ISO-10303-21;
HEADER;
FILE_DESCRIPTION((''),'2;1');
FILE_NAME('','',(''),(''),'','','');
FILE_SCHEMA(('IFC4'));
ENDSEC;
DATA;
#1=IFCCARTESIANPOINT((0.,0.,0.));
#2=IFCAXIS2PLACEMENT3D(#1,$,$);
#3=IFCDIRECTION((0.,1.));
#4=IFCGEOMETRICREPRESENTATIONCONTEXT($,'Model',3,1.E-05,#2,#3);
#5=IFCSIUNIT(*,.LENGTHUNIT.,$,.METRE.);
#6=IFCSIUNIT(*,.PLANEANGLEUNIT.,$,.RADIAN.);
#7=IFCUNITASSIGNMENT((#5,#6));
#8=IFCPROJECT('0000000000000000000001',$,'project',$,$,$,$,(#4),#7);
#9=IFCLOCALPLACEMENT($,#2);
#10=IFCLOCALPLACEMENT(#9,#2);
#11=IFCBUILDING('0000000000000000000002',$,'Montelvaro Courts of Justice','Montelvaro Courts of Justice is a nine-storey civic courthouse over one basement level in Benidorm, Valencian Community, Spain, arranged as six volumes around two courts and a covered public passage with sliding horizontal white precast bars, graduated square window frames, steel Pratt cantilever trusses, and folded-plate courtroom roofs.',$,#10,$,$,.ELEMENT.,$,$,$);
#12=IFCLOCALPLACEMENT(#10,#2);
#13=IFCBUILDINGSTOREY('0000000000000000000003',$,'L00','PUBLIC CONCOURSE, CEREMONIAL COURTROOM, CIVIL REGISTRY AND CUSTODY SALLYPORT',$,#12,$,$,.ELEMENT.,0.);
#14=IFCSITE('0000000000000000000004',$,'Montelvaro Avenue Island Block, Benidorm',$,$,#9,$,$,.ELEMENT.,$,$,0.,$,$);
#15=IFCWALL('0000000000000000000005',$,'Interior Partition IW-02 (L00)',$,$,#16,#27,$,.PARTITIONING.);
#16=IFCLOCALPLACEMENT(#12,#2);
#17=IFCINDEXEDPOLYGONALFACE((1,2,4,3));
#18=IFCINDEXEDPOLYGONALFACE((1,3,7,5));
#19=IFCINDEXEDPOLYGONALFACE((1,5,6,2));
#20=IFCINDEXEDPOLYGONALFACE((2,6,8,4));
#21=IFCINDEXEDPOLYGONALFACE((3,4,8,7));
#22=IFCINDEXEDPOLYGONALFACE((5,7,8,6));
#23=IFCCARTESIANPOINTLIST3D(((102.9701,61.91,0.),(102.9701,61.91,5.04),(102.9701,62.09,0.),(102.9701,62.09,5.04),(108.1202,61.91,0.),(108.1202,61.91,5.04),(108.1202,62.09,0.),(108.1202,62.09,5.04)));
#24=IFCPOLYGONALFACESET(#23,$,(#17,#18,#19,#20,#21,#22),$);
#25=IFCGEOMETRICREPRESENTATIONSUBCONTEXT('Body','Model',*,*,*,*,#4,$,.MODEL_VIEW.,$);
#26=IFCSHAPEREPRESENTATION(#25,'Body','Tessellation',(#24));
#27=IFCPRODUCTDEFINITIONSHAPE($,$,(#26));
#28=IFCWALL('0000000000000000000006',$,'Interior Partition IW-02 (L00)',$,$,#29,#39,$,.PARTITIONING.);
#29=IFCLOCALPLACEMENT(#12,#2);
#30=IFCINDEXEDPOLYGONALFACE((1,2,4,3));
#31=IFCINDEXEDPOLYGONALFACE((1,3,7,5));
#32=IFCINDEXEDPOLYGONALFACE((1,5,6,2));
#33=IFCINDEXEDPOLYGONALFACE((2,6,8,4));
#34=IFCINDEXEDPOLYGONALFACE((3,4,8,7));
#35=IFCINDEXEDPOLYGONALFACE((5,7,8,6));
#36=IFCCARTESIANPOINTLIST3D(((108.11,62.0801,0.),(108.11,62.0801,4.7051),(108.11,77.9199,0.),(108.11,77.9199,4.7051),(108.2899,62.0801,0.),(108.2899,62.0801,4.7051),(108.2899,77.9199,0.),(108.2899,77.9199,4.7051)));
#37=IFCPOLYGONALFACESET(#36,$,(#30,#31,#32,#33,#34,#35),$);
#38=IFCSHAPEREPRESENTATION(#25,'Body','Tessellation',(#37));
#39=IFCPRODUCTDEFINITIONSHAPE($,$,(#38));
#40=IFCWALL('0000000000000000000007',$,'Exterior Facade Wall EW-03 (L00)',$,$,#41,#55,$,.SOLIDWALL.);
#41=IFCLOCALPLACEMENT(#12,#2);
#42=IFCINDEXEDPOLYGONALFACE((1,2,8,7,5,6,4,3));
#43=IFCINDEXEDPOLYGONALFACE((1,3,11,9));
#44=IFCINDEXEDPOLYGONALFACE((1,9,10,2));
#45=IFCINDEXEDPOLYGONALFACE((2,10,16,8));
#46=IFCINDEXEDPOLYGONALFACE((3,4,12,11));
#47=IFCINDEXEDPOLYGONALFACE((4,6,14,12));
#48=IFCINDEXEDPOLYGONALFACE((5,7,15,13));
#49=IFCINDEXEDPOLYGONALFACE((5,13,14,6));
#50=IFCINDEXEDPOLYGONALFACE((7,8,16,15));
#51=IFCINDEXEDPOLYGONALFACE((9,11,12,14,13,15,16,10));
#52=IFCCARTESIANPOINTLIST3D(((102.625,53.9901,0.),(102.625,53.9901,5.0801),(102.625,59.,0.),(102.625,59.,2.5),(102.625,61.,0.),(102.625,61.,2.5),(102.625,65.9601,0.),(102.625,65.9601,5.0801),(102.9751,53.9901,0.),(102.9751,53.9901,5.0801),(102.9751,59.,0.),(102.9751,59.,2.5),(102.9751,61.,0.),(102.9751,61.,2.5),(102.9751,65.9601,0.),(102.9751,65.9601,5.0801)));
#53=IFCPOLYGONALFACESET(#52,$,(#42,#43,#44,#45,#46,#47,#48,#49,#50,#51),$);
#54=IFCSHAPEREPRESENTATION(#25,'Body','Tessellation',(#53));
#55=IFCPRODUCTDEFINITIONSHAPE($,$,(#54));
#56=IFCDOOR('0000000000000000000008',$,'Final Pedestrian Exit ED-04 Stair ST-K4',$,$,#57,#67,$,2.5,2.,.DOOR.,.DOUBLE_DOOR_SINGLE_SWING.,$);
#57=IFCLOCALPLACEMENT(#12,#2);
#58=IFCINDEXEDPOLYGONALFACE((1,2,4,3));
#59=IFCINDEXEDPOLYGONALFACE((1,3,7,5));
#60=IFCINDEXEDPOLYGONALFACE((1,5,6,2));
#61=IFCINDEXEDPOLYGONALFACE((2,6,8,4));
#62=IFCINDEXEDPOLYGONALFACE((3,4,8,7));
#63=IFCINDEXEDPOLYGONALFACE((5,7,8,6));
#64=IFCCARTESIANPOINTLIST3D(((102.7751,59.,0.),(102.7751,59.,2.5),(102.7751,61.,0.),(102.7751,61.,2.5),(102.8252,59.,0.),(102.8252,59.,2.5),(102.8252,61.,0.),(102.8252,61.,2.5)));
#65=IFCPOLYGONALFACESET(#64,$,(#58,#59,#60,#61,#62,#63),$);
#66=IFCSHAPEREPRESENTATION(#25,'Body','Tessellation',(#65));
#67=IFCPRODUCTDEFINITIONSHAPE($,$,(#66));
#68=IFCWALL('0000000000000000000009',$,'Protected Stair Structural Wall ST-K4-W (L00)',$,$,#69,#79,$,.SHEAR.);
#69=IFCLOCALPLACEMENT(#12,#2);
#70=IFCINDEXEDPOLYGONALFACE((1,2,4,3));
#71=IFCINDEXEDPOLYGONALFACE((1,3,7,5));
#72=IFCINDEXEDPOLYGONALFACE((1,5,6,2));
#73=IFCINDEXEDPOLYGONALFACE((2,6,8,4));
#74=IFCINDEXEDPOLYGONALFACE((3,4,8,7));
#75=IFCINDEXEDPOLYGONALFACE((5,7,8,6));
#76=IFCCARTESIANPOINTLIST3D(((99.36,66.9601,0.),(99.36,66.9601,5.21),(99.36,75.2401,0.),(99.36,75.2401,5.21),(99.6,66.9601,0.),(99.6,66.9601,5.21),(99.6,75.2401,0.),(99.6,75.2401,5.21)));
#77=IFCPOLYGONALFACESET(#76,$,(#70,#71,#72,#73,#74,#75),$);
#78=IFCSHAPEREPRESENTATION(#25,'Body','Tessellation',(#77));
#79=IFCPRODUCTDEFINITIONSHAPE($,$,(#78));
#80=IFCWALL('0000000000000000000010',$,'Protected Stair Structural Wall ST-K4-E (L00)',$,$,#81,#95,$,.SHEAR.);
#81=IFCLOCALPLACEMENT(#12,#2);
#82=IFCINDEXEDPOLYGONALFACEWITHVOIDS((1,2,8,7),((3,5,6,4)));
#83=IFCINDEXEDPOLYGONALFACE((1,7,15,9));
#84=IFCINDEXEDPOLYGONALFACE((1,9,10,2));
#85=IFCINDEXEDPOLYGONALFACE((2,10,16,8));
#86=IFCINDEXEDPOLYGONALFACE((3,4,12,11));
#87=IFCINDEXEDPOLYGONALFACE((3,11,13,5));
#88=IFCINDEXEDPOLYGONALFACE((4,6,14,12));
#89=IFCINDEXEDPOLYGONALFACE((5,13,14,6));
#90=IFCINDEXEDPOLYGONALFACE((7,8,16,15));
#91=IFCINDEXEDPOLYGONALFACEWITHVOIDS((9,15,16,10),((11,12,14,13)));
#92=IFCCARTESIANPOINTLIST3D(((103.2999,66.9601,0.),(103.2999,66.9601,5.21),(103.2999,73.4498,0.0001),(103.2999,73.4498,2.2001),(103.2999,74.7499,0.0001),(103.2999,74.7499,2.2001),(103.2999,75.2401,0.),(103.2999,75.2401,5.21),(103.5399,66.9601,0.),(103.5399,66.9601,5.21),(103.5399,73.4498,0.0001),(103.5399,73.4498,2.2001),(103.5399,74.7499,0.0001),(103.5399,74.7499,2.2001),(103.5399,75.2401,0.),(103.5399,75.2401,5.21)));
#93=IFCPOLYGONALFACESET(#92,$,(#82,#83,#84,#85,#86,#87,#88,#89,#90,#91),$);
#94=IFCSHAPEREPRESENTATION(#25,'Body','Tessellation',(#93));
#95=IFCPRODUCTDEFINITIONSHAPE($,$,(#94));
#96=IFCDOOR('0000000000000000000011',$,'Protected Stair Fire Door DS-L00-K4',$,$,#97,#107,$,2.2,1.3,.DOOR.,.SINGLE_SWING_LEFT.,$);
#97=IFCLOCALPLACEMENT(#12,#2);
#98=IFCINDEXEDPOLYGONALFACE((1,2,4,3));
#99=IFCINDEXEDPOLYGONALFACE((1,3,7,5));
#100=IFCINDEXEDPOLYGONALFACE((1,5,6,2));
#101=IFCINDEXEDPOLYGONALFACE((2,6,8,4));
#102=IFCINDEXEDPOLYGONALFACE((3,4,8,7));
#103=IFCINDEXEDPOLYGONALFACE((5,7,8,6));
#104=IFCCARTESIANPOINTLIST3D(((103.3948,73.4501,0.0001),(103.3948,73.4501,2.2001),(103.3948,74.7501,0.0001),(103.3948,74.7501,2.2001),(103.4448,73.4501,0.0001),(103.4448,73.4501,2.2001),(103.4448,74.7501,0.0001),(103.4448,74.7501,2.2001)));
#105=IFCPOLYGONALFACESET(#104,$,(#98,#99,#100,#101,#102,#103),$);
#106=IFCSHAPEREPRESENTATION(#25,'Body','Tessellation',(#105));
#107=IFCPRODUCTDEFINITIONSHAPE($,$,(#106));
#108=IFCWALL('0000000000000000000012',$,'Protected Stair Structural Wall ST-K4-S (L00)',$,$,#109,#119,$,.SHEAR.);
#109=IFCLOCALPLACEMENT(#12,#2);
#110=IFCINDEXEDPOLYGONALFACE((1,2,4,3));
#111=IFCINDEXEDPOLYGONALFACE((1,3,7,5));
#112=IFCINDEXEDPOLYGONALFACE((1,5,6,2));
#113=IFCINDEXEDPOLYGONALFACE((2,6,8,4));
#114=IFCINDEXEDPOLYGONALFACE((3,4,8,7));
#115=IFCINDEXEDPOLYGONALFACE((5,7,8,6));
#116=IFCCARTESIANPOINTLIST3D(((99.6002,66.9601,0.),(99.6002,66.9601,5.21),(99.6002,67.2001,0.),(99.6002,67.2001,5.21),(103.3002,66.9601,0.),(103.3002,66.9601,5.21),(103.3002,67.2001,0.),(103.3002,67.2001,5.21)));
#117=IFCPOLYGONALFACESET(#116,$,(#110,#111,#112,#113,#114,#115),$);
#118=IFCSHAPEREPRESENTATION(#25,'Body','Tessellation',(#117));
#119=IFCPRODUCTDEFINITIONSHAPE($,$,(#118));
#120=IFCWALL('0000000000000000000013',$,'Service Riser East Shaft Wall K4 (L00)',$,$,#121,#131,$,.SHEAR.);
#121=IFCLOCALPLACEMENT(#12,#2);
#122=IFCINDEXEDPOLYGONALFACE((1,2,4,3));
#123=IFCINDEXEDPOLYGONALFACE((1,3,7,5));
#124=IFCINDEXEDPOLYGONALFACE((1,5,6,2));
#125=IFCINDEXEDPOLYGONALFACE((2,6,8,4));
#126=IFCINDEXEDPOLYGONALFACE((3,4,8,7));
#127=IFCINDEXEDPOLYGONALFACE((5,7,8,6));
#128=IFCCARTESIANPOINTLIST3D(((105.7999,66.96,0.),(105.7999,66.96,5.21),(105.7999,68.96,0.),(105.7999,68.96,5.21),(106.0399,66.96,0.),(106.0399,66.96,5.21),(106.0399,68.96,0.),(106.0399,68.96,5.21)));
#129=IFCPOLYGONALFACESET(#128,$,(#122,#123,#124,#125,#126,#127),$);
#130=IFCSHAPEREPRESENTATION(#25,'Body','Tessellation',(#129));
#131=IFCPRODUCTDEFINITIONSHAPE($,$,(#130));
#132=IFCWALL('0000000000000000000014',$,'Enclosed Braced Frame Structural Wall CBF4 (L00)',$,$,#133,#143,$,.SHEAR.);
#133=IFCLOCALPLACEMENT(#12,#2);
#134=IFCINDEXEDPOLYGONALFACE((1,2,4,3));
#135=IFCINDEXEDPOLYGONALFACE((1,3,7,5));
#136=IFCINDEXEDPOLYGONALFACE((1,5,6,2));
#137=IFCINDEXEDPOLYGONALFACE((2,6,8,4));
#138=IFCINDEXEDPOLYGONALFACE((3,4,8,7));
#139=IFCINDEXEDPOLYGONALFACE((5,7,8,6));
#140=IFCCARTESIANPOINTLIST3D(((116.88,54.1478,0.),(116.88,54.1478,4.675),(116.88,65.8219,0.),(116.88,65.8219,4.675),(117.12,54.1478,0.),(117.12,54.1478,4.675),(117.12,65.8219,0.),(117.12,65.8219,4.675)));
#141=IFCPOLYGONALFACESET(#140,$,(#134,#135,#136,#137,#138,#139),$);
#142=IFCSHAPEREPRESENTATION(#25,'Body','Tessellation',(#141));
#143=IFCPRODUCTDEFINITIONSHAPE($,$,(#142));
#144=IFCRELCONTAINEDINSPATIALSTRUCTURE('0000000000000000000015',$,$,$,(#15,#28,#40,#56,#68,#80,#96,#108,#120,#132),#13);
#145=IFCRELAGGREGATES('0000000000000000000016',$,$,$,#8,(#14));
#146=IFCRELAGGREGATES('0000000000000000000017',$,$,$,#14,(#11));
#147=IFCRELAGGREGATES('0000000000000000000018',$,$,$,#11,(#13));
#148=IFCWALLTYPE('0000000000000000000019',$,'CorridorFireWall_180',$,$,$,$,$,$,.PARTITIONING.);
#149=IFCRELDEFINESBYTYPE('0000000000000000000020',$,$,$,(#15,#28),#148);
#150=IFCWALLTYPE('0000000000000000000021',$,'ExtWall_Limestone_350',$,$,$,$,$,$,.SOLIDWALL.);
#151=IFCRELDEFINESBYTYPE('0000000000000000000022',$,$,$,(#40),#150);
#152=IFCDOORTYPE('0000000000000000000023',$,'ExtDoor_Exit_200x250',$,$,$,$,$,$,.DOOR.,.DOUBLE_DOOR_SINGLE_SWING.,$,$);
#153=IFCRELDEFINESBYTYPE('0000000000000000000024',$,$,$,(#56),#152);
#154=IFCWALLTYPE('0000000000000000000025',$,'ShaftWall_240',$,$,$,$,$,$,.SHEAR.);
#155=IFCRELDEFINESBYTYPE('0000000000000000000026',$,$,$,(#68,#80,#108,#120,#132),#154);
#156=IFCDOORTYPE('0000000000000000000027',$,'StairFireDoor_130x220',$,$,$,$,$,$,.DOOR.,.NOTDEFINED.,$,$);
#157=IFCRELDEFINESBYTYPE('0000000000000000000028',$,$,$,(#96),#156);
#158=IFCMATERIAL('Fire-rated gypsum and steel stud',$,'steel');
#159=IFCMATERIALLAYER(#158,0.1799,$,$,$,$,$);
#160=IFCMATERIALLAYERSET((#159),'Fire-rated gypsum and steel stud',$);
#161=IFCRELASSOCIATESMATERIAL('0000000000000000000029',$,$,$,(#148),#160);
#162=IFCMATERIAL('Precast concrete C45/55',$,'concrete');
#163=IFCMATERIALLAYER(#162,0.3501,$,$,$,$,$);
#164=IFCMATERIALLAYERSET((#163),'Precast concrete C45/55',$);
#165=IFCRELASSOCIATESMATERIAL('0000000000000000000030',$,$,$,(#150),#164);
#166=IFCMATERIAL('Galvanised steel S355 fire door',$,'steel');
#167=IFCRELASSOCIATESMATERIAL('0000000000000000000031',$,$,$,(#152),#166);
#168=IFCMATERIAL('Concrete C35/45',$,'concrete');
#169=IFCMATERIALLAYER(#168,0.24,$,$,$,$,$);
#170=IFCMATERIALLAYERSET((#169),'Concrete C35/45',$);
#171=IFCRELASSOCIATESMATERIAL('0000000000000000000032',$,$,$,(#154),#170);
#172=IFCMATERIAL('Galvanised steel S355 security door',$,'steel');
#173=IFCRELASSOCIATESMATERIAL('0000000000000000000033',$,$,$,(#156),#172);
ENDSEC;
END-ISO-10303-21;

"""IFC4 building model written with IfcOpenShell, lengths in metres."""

from ifc_helpers import new_model, si_unit, direction, frame, frame_2d, origin, place, context, subcontext, project, spatial, rectangle, extrude, material, layer, layer_set, type_object, element, fill, save


model = new_model("IFC4")

# Units and contexts
model_context = context("Model", 3, precision=1e-05, world=origin(), true_north=direction((0.0, 1.0)))
body_context = subcontext(model_context, "Body", "Model", "MODEL_VIEW")
ifc_project = project(units=[si_unit("LENGTHUNIT", "METRE"), si_unit("PLANEANGLEUNIT", "RADIAN")], contexts=[model_context])

# Site, building, storey
site_placement = place(None, origin())
site = spatial("IfcSite", under=ifc_project, at=site_placement, Name="Montelvaro Avenue Island Block, Benidorm", CompositionType="ELEMENT", RefElevation=0.0)
building_placement = place(site_placement, origin())
building = spatial("IfcBuilding", under=site, at=building_placement, Name="Montelvaro Courts of Justice", Description="Montelvaro Courts of Justice is a nine-storey civic courthouse over one basement level in Benidorm, Valencian Community, Spain, arranged as six volumes around two courts and a covered public passage with sliding horizontal white precast bars, graduated square window frames, steel Pratt cantilever trusses, and folded-plate courtroom roofs.", CompositionType="ELEMENT")
storey_placement = place(building_placement, origin())
storey = spatial("IfcBuildingStorey", under=building, at=storey_placement, Name="L00", Description="PUBLIC CONCOURSE, CEREMONIAL COURTROOM, CIVIL REGISTRY AND CUSTODY SALLYPORT", CompositionType="ELEMENT", Elevation=0.0)

# Shared definitions
ifc_material_1 = material(Name="Fire-rated gypsum and steel stud", Category="steel")
ifc_layer_1 = layer(ifc_material_1, 0.1799)
ifc_layer_set_1 = layer_set([ifc_layer_1], Name="Fire-rated gypsum and steel stud")
wall_type_1 = type_object("IfcWallType", Name="CorridorFireWall_180", PredefinedType="PARTITIONING", material=ifc_layer_set_1)
ifc_material_2 = material(Name="Galvanised steel S355 security door", Category="steel")

# Walls
wall_1_placement = place(storey_placement, frame((102.97, 62.0, 0.0), z_axis=(0.0, 0.0, 1.0), x_axis=(1.0, 0.0, 0.0)))
element("IfcWall", 1, at=wall_1_placement, inside=storey, type_object=wall_type_1, Name="Interior Partition IW-02 (L00)", PredefinedType="PARTITIONING", context=body_context, shape_type="SweptSolid", body=[
    extrude(rectangle(XDim=5.1501, YDim=0.1799, at=frame_2d((2.5752, 0.0))), origin(), (0.0, 0.0, 1.0), 5.04),
])
wall_2_placement = place(storey_placement, frame((108.2, 62.0801, 0.0), z_axis=(0.0, 0.0, 1.0), x_axis=(0.0, 1.0, 0.0)))
element("IfcWall", 2, at=wall_2_placement, inside=storey, type_object=wall_type_1, Name="Interior Partition IW-02 (L00)", PredefinedType="PARTITIONING", context=body_context, shape_type="SweptSolid", body=[
    extrude(rectangle(XDim=15.8398, YDim=0.1799, at=frame_2d((7.9199, 0.0))), origin(), (0.0, 0.0, 1.0), 4.7051),
])

# Wall, opening, door
ifc_material_3 = material(Name="Precast concrete C45/55", Category="concrete")
ifc_layer_2 = layer(ifc_material_3, 0.3501)
ifc_layer_set_2 = layer_set([ifc_layer_2], Name="Precast concrete C45/55")
wall_type_2 = type_object("IfcWallType", Name="ExtWall_Limestone_350", PredefinedType="SOLIDWALL", material=ifc_layer_set_2)
wall_3_placement = place(storey_placement, frame((102.8, 65.96, 0.0), z_axis=(0.0, 0.0, 1.0), x_axis=(0.0, -1.0, 0.0)))
wall_3 = element("IfcWall", 3, at=wall_3_placement, inside=storey, type_object=wall_type_2, Name="Exterior Facade Wall EW-03 (L00)", PredefinedType="SOLIDWALL", context=body_context, shape_type="SweptSolid", body=[
    extrude(rectangle(XDim=11.97, YDim=0.3501, at=frame_2d((5.9849, 0.0))), origin(), (0.0, 0.0, 1.0), 5.0801),
])
opening_1_placement = place(wall_3_placement, frame((4.96, 0.0, 0.0)))
opening_1 = element("IfcOpeningElement", 4, at=opening_1_placement, cuts=wall_3, PredefinedType="OPENING", context=body_context, shape_type="SweptSolid", body=[
    extrude(rectangle(XDim=2.0, YDim=2.5, at=frame_2d((1.0, 1.25))), frame((0.0, 0.1899, 0.0), z_axis=(0.0, -1.0, 0.0), x_axis=(1.0, 0.0, 0.0)), (0.0, 0.0, 1.0), 0.3799),
])
ifc_material_4 = material(Name="Galvanised steel S355 fire door", Category="steel")
door_type_1 = type_object("IfcDoorType", Name="ExtDoor_Exit_200x250", OperationType="DOUBLE_DOOR_SINGLE_SWING", PredefinedType="DOOR", material=ifc_material_4)
door_1_placement = place(opening_1_placement, frame((2.0, 0.0, 0.0), z_axis=(0.0, 0.0, 1.0), x_axis=(-1.0, 0.0, 0.0)))
door_1 = element("IfcDoor", 5, at=door_1_placement, inside=storey, type_object=door_type_1, Name="Final Pedestrian Exit ED-04 Stair ST-K4", OperationType="DOUBLE_DOOR_SINGLE_SWING", OverallHeight=2.5, OverallWidth=2.0, PredefinedType="DOOR", context=body_context, shape_type="SweptSolid", body=[
    extrude(rectangle(XDim=2.0, YDim=2.5, at=frame_2d((1.0, 1.25))), frame((0.0, 0.0249, 0.0), z_axis=(0.0, -1.0, 0.0), x_axis=(1.0, 0.0, 0.0)), (0.0, 0.0, 1.0), 0.05),
])
fill(opening_1, door_1)

# Wall
ifc_material_5 = material(Name="Concrete C35/45", Category="concrete")
ifc_layer_3 = layer(ifc_material_5, 0.24)
ifc_layer_set_3 = layer_set([ifc_layer_3], Name="Concrete C35/45")
wall_type_3 = type_object("IfcWallType", Name="ShaftWall_240", PredefinedType="SHEAR", material=ifc_layer_set_3)
wall_4_placement = place(storey_placement, frame((99.48, 66.96, 0.0), z_axis=(0.0, 0.0, 1.0), x_axis=(0.0, 1.0, 0.0)))
element("IfcWall", 6, at=wall_4_placement, inside=storey, type_object=wall_type_3, Name="Protected Stair Structural Wall ST-K4-W (L00)", PredefinedType="SHEAR", context=body_context, shape_type="SweptSolid", body=[
    extrude(rectangle(XDim=8.28, YDim=0.24, at=frame_2d((4.1401, 0.0))), origin(), (0.0, 0.0, 1.0), 5.21),
])

# Wall, opening, door
wall_5_placement = place(storey_placement, frame((103.4199, 66.96, 0.0), z_axis=(0.0, 0.0, 1.0), x_axis=(0.0, 1.0, 0.0)))
wall_5 = element("IfcWall", 7, at=wall_5_placement, inside=storey, type_object=wall_type_3, Name="Protected Stair Structural Wall ST-K4-E (L00)", PredefinedType="SHEAR", context=body_context, shape_type="SweptSolid", body=[
    extrude(rectangle(XDim=8.28, YDim=0.24, at=frame_2d((4.1401, 0.0))), origin(), (0.0, 0.0, 1.0), 5.21),
])
opening_2_placement = place(wall_5_placement, frame((6.49, 0.0, 0.0)))
opening_2 = element("IfcOpeningElement", 8, at=opening_2_placement, cuts=wall_5, PredefinedType="OPENING", context=body_context, shape_type="SweptSolid", body=[
    extrude(rectangle(XDim=1.3, YDim=2.2, at=frame_2d((0.6499, 1.1001))), frame((0.0, 0.1348, 0.0), z_axis=(0.0, -1.0, 0.0), x_axis=(1.0, 0.0, 0.0)), (0.0, 0.0, 1.0), 0.2698),
])
door_type_2 = type_object("IfcDoorType", Name="StairFireDoor_130x220", OperationType="NOTDEFINED", PredefinedType="DOOR", material=ifc_material_2)
door_2_placement = place(opening_2_placement, frame((1.3, 0.0, 0.0), z_axis=(0.0, 0.0, 1.0), x_axis=(-1.0, 0.0, 0.0)))
door_2 = element("IfcDoor", 9, at=door_2_placement, inside=storey, type_object=door_type_2, Name="Protected Stair Fire Door DS-L00-K4", OperationType="SINGLE_SWING_LEFT", OverallHeight=2.2, OverallWidth=1.3, PredefinedType="DOOR", context=body_context, shape_type="SweptSolid", body=[
    extrude(rectangle(XDim=1.3, YDim=2.2, at=frame_2d((0.6499, 1.1001))), frame((0.0, 0.0249, 0.0), z_axis=(0.0, -1.0, 0.0), x_axis=(1.0, 0.0, 0.0)), (0.0, 0.0, 1.0), 0.05),
])
fill(opening_2, door_2)

# Walls
wall_6_placement = place(storey_placement, frame((99.6001, 67.0801, 0.0), z_axis=(0.0, 0.0, 1.0), x_axis=(1.0, 0.0, 0.0)))
element("IfcWall", 10, at=wall_6_placement, inside=storey, type_object=wall_type_3, Name="Protected Stair Structural Wall ST-K4-S (L00)", PredefinedType="SHEAR", context=body_context, shape_type="SweptSolid", body=[
    extrude(rectangle(XDim=3.7, YDim=0.24, at=frame_2d((1.8501, 0.0))), origin(), (0.0, 0.0, 1.0), 5.21),
])
wall_7_placement = place(storey_placement, frame((105.9199, 66.96, 0.0), z_axis=(0.0, 0.0, 1.0), x_axis=(0.0, 1.0, 0.0)))
element("IfcWall", 11, at=wall_7_placement, inside=storey, type_object=wall_type_3, Name="Service Riser East Shaft Wall K4 (L00)", PredefinedType="SHEAR", context=body_context, shape_type="SweptSolid", body=[
    extrude(rectangle(XDim=2.0, YDim=0.24, at=frame_2d((1.0, 0.0))), origin(), (0.0, 0.0, 1.0), 5.21),
])
wall_8_placement = place(storey_placement, frame((117.0, 54.1479, 0.0), z_axis=(0.0, 0.0, 1.0), x_axis=(0.0, 1.0, 0.0)))
element("IfcWall", 12, at=wall_8_placement, inside=storey, type_object=wall_type_3, Name="Enclosed Braced Frame Structural Wall CBF4 (L00)", PredefinedType="SHEAR", context=body_context, shape_type="SweptSolid", body=[
    extrude(rectangle(XDim=11.6741, YDim=0.24, at=frame_2d((5.8369, 0.0))), origin(), (0.0, 0.0, 1.0), 4.675),
])

save(model, "model.ifc")
